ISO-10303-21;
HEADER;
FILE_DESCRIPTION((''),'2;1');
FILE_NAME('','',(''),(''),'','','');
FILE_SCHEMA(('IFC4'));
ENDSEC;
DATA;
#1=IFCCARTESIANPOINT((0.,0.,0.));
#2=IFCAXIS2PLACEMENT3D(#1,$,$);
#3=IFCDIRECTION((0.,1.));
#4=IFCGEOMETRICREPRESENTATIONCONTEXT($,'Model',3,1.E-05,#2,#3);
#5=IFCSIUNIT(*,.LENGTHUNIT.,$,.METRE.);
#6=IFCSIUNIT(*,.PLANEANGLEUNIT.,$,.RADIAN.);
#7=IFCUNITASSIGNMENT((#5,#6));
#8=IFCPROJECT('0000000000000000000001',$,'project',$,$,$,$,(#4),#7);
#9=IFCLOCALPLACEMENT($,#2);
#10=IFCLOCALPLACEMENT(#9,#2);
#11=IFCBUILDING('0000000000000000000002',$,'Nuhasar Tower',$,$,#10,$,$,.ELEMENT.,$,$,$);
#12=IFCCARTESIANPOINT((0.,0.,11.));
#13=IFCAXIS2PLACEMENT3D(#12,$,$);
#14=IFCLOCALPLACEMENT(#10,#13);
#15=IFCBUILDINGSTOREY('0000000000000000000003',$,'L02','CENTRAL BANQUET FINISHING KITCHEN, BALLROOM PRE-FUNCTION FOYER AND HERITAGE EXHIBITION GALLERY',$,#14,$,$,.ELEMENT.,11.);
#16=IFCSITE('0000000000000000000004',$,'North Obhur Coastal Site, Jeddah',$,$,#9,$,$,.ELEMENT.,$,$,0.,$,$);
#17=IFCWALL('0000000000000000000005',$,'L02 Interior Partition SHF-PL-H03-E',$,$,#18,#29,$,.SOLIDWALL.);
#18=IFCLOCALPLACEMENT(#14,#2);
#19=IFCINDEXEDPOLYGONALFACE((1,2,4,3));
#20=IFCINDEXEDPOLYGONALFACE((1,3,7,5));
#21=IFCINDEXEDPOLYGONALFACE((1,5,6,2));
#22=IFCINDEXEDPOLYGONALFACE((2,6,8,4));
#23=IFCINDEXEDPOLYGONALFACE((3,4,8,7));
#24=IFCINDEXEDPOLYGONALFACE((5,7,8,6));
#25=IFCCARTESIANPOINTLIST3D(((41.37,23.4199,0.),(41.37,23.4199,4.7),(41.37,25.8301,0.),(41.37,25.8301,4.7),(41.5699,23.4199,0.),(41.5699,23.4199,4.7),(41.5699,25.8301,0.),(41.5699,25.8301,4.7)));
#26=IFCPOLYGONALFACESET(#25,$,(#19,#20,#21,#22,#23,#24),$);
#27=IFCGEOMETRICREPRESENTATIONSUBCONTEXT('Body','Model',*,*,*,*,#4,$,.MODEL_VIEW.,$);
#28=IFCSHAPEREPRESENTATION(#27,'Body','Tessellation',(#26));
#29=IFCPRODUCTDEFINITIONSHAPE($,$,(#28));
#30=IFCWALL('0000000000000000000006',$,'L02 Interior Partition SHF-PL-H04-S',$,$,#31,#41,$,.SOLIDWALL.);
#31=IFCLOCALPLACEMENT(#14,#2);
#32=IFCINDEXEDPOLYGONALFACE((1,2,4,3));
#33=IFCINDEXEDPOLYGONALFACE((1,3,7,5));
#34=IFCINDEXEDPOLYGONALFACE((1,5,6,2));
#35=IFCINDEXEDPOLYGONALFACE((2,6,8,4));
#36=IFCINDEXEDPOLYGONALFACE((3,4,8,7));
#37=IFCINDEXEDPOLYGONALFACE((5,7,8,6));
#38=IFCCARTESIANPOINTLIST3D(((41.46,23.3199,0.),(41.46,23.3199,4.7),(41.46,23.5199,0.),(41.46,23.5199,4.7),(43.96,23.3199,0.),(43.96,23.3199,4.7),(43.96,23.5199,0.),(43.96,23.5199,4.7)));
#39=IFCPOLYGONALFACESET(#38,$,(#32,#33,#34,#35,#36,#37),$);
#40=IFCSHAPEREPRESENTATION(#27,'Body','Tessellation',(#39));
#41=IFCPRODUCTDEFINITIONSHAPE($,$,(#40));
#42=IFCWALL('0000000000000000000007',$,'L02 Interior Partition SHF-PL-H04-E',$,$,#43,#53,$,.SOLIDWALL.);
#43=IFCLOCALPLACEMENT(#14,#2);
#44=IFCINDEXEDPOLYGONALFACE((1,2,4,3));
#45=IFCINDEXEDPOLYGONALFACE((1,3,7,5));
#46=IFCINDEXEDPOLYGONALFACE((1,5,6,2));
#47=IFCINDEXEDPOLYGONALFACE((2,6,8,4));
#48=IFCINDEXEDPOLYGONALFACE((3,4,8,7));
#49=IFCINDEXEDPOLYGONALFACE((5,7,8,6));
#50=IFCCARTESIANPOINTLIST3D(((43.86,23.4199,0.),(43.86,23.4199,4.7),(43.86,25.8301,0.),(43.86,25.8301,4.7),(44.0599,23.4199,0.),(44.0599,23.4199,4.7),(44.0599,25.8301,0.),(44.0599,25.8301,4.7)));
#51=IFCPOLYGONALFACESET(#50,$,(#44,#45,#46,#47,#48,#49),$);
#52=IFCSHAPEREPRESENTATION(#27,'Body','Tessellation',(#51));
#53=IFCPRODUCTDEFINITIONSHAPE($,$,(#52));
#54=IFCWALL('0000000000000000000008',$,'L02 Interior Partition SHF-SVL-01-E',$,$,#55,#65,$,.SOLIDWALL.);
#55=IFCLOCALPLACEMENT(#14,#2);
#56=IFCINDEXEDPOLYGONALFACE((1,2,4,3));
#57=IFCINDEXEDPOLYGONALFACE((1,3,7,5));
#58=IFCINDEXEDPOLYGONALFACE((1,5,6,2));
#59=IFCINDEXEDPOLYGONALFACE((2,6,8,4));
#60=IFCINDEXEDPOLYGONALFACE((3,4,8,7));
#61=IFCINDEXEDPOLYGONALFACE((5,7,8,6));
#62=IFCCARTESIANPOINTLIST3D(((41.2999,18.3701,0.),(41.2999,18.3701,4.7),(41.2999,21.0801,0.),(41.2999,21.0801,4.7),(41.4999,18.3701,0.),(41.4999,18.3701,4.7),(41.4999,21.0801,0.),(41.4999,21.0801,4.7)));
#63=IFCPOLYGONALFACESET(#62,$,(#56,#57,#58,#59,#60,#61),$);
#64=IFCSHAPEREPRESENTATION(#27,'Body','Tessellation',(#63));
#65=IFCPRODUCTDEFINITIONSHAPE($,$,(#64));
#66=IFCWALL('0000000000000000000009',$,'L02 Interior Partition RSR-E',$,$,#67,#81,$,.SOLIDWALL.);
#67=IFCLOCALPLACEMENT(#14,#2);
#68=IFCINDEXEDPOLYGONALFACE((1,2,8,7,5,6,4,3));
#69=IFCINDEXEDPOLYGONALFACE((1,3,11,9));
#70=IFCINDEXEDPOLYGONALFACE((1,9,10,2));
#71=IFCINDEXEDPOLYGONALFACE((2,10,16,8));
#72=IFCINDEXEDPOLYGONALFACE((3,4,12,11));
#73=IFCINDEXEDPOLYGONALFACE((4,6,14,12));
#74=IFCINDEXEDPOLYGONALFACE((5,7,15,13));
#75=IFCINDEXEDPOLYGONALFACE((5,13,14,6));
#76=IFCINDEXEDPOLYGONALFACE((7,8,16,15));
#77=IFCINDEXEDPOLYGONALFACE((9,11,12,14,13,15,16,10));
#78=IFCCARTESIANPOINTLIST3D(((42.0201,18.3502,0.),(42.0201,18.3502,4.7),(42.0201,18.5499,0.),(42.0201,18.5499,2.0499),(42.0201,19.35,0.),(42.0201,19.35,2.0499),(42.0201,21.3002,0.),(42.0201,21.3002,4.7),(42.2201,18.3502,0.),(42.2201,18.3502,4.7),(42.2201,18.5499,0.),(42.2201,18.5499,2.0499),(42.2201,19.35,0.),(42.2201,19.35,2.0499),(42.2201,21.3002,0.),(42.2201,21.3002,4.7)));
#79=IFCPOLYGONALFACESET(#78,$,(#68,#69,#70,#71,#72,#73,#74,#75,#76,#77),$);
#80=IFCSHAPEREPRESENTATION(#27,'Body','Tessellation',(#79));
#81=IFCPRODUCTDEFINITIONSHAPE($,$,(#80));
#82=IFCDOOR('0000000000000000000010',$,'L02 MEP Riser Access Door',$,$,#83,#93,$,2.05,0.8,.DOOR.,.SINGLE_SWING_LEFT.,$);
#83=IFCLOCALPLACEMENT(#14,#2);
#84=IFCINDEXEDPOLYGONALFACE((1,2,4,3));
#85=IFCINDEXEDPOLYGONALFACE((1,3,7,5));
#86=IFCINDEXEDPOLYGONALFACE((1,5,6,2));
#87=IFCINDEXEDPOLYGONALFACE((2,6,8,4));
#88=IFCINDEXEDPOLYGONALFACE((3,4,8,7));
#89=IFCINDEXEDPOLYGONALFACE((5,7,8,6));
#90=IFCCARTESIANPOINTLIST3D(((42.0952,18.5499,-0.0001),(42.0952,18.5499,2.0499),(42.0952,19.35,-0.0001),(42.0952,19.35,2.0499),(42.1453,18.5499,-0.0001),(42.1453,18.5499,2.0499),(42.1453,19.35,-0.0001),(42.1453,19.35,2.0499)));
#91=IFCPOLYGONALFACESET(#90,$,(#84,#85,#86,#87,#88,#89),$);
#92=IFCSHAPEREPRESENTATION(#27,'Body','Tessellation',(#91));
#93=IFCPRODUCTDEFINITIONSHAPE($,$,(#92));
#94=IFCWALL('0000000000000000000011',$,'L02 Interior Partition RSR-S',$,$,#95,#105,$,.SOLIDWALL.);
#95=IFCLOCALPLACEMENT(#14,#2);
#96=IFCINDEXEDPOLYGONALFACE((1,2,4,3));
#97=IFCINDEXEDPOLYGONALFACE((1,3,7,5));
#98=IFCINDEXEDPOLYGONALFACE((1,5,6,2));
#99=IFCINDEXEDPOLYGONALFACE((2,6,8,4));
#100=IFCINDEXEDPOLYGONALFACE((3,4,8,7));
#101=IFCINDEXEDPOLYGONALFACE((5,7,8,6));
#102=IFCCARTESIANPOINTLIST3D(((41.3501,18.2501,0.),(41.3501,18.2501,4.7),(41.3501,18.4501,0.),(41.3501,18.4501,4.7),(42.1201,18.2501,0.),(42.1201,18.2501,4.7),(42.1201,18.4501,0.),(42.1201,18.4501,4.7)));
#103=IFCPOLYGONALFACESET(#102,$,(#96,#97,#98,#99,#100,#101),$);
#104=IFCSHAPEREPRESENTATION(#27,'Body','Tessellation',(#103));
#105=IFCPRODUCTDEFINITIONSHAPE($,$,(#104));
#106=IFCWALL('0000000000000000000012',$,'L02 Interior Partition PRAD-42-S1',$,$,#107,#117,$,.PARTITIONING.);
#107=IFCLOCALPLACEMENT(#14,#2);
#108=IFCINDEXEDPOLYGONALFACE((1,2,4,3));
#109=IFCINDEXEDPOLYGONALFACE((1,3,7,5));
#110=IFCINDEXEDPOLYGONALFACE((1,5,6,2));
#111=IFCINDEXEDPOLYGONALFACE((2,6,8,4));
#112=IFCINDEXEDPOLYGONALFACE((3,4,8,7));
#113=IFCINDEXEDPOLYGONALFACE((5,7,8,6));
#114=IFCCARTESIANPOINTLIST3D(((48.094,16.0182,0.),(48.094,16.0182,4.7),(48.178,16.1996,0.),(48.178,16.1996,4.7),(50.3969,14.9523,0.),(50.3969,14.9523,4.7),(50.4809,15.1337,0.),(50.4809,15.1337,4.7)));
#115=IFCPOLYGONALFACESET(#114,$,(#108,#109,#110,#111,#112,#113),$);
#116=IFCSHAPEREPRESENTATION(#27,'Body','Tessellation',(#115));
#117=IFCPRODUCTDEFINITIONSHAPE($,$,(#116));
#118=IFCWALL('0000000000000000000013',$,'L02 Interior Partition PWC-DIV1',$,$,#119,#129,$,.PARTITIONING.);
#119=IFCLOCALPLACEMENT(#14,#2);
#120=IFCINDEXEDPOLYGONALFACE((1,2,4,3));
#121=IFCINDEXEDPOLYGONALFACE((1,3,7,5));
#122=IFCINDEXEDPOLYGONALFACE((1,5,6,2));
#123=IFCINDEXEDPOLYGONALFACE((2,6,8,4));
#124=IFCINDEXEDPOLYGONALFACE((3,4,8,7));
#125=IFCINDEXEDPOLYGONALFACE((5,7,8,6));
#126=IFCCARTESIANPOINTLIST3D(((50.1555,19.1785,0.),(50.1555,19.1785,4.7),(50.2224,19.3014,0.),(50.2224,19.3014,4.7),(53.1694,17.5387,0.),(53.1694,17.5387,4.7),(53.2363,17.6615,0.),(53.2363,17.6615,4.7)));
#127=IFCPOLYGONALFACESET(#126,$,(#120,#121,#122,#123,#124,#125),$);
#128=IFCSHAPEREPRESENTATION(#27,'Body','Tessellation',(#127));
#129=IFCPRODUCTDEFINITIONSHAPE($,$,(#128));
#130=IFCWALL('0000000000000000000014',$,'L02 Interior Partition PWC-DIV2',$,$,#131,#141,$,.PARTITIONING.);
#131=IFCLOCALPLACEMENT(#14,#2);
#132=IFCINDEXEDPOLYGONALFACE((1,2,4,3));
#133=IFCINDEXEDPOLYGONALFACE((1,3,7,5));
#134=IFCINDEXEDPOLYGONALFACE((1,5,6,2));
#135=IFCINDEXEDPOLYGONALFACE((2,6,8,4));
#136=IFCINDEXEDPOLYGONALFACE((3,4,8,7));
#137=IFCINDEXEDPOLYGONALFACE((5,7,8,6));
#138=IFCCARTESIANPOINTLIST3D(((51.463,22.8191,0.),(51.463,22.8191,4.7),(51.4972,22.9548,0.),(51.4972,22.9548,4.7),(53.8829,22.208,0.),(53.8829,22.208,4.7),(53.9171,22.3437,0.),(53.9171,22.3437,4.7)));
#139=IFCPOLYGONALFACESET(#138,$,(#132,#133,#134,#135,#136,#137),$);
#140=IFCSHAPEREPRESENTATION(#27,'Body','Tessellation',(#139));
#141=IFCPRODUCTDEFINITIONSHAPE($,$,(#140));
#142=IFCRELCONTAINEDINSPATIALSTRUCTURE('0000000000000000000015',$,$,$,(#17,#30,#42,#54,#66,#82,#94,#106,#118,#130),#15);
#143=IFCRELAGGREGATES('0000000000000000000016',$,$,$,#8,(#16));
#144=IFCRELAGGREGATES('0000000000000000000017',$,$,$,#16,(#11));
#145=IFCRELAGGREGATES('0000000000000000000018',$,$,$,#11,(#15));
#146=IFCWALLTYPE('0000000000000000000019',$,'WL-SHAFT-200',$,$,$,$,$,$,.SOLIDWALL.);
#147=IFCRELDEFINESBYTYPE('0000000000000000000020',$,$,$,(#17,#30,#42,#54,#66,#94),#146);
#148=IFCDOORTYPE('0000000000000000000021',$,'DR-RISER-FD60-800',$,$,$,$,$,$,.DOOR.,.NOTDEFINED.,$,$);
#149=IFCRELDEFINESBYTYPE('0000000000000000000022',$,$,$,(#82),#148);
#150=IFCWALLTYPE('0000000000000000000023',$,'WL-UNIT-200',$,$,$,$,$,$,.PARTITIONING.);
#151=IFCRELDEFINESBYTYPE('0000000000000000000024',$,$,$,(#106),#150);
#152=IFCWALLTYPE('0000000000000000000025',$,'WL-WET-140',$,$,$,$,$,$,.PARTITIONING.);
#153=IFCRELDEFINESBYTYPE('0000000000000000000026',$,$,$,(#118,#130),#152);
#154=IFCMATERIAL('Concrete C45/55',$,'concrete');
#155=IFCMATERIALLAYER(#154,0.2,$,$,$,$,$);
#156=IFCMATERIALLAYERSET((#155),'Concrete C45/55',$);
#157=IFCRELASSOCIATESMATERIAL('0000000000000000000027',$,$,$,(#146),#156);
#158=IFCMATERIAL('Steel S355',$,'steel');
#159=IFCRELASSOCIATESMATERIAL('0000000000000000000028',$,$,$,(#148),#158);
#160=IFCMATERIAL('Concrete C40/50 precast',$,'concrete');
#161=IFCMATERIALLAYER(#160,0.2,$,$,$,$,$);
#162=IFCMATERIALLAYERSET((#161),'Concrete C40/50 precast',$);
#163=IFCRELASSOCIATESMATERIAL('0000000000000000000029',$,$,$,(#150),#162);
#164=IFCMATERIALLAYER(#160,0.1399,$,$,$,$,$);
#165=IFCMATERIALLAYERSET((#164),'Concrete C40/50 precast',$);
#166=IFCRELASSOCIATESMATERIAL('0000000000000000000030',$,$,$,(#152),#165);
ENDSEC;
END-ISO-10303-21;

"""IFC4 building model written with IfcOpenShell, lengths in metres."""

from ifc_helpers import new_model, si_unit, direction, frame, frame_2d, origin, place, context, subcontext, project, spatial, rectangle, extrude, material, layer, layer_set, type_object, element, fill, save


model = new_model("IFC4")

# Units and contexts
model_context = context("Model", 3, precision=1e-05, world=origin(), true_north=direction((0.0, 1.0)))
body_context = subcontext(model_context, "Body", "Model", "MODEL_VIEW")
ifc_project = project(units=[si_unit("LENGTHUNIT", "METRE"), si_unit("PLANEANGLEUNIT", "RADIAN")], contexts=[model_context])

# Site, building, storey
site_placement = place(None, origin())
site = spatial("IfcSite", under=ifc_project, at=site_placement, Name="North Obhur Coastal Site, Jeddah", CompositionType="ELEMENT", RefElevation=0.0)
building_placement = place(site_placement, origin())
building = spatial("IfcBuilding", under=site, at=building_placement, Name="Nuhasar Tower", CompositionType="ELEMENT")
storey_placement = place(building_placement, frame((0.0, 0.0, 11.0)))
storey = spatial("IfcBuildingStorey", under=building, at=storey_placement, Name="L02", Description="CENTRAL BANQUET FINISHING KITCHEN, BALLROOM PRE-FUNCTION FOYER AND HERITAGE EXHIBITION GALLERY", CompositionType="ELEMENT", Elevation=11.0)

# Shared definitions
ifc_material_1 = material(Name="Steel S355", Category="steel")

# Shared definitions
ifc_material_2 = material(Name="Concrete C45/55", Category="concrete")

# Walls
ifc_layer_1 = layer(ifc_material_2, 0.2)
ifc_layer_set_1 = layer_set([ifc_layer_1], Name="Concrete C45/55")
wall_type_1 = type_object("IfcWallType", Name="WL-SHAFT-200", PredefinedType="SOLIDWALL", material=ifc_layer_set_1)
for number, where, z_axis, x_axis, name in (
    (1, (41.47, 23.4199, 0.0), (0.0, 0.0, 1.0), (0.0, 1.0, 0.0), "L02 Interior Partition SHF-PL-H03-E"),
):
    element("IfcWall", number, at=place(storey_placement, frame(where, z_axis=z_axis, x_axis=x_axis)), inside=storey, type_object=wall_type_1, Name=name, PredefinedType="SOLIDWALL", context=body_context, shape_type="SweptSolid", body=[
        extrude(rectangle(XDim=2.4102, YDim=0.2, at=frame_2d((1.2051, 0.0))), origin(), (0.0, 0.0, 1.0), 4.7),
    ])
wall_1_placement = place(storey_placement, frame((41.46, 23.4199, 0.0), z_axis=(0.0, 0.0, 1.0), x_axis=(1.0, 0.0, 0.0)))
element("IfcWall", 2, at=wall_1_placement, inside=storey, type_object=wall_type_1, Name="L02 Interior Partition SHF-PL-H04-S", PredefinedType="SOLIDWALL", context=body_context, shape_type="SweptSolid", body=[
    extrude(rectangle(XDim=2.5, YDim=0.2, at=frame_2d((1.25, 0.0))), origin(), (0.0, 0.0, 1.0), 4.7),
])
wall_2_placement = place(storey_placement, frame((43.96, 23.4199, 0.0), z_axis=(0.0, 0.0, 1.0), x_axis=(0.0, 1.0, 0.0)))
element("IfcWall", 3, at=wall_2_placement, inside=storey, type_object=wall_type_1, Name="L02 Interior Partition SHF-PL-H04-E", PredefinedType="SOLIDWALL", context=body_context, shape_type="SweptSolid", body=[
    extrude(rectangle(XDim=2.4102, YDim=0.2, at=frame_2d((1.2051, 0.0))), origin(), (0.0, 0.0, 1.0), 4.7),
])
wall_3_placement = place(storey_placement, frame((41.3999, 18.3701, 0.0), z_axis=(0.0, 0.0, 1.0), x_axis=(0.0, 1.0, 0.0)))
element("IfcWall", 4, at=wall_3_placement, inside=storey, type_object=wall_type_1, Name="L02 Interior Partition SHF-SVL-01-E", PredefinedType="SOLIDWALL", context=body_context, shape_type="SweptSolid", body=[
    extrude(rectangle(XDim=2.71, YDim=0.2, at=frame_2d((1.355, 0.0))), origin(), (0.0, 0.0, 1.0), 4.7),
])

# Wall, opening, door
wall_4_placement = place(storey_placement, frame((42.1201, 18.3501, 0.0), z_axis=(0.0, 0.0, 1.0), x_axis=(0.0, 1.0, 0.0)))
wall_4 = element("IfcWall", 5, at=wall_4_placement, inside=storey, type_object=wall_type_1, Name="L02 Interior Partition RSR-E", PredefinedType="SOLIDWALL", context=body_context, shape_type="SweptSolid", body=[
    extrude(rectangle(XDim=2.95, YDim=0.2, at=frame_2d((1.4751, 0.0))), origin(), (0.0, 0.0, 1.0), 4.7),
])
opening_1_placement = place(wall_4_placement, frame((0.2, 0.0, 0.0)))
opening_1 = element("IfcOpeningElement", 6, at=opening_1_placement, cuts=wall_4, PredefinedType="OPENING", context=body_context, shape_type="SweptSolid", body=[
    extrude(rectangle(XDim=0.8, YDim=2.05, at=frame_2d((0.3999, 1.0249))), frame((0.0, 0.1099, 0.0), z_axis=(0.0, -1.0, 0.0), x_axis=(1.0, 0.0, 0.0)), (0.0, 0.0, 1.0), 0.22),
])
door_type_1 = type_object("IfcDoorType", Name="DR-RISER-FD60-800", OperationType="NOTDEFINED", PredefinedType="DOOR", material=ifc_material_1)
door_1_placement = place(opening_1_placement, origin())
door_1 = element("IfcDoor", 7, at=door_1_placement, inside=storey, type_object=door_type_1, Name="L02 MEP Riser Access Door", OperationType="SINGLE_SWING_LEFT", OverallHeight=2.05, OverallWidth=0.8, PredefinedType="DOOR", context=body_context, shape_type="SweptSolid", body=[
    extrude(rectangle(XDim=0.8, YDim=2.05, at=frame_2d((0.3999, 1.0249))), frame((0.0, 0.0249, 0.0), z_axis=(0.0, -1.0, 0.0), x_axis=(1.0, 0.0, 0.0)), (0.0, 0.0, 1.0), 0.05),
])
fill(opening_1, door_1)

# Walls
wall_5_placement = place(storey_placement, frame((41.3501, 18.3501, 0.0), z_axis=(0.0, 0.0, 1.0), x_axis=(1.0, 0.0, 0.0)))
element("IfcWall", 8, at=wall_5_placement, inside=storey, type_object=wall_type_1, Name="L02 Interior Partition RSR-S", PredefinedType="SOLIDWALL", context=body_context, shape_type="SweptSolid", body=[
    extrude(rectangle(XDim=0.77, YDim=0.2, at=frame_2d((0.385, 0.0))), origin(), (0.0, 0.0, 1.0), 4.7),
])
ifc_material_3 = material(Name="Concrete C40/50 precast", Category="concrete")
ifc_layer_2 = layer(ifc_material_3, 0.2)
ifc_layer_set_2 = layer_set([ifc_layer_2], Name="Concrete C40/50 precast")
wall_type_2 = type_object("IfcWallType", Name="WL-UNIT-200", PredefinedType="PARTITIONING", material=ifc_layer_set_2)
wall_6_placement = place(storey_placement, frame((48.136, 16.1089, 0.0), z_axis=(0.0, 0.0, 1.0), x_axis=(0.907508, -0.420034, 0.0)))
element("IfcWall", 9, at=wall_6_placement, inside=storey, type_object=wall_type_2, Name="L02 Interior Partition PRAD-42-S1", PredefinedType="PARTITIONING", context=body_context, shape_type="SweptSolid", body=[
    extrude(rectangle(XDim=2.5376, YDim=0.2, at=frame_2d((1.2688, 0.0))), origin(), (0.0, 0.0, 1.0), 4.7),
])
ifc_layer_3 = layer(ifc_material_3, 0.1399)
ifc_layer_set_3 = layer_set([ifc_layer_3], Name="Concrete C40/50 precast")
wall_type_3 = type_object("IfcWallType", Name="WL-WET-140", PredefinedType="PARTITIONING", material=ifc_layer_set_3)
wall_7_placement = place(storey_placement, frame((50.189, 19.24, 0.0), z_axis=(0.0, 0.0, 1.0), x_axis=(0.878393, -0.47794, 0.0)))
element("IfcWall", 10, at=wall_7_placement, inside=storey, type_object=wall_type_3, Name="L02 Interior Partition PWC-DIV1", PredefinedType="PARTITIONING", context=body_context, shape_type="SweptSolid", body=[
    extrude(rectangle(XDim=3.4312, YDim=0.1399, at=frame_2d((1.7156, 0.0))), origin(), (0.0, 0.0, 1.0), 4.7),
])
wall_8_placement = place(storey_placement, frame((51.48, 22.887, 0.0), z_axis=(0.0, 0.0, 1.0), x_axis=(0.969564, -0.244837, 0.0)))
element("IfcWall", 11, at=wall_8_placement, inside=storey, type_object=wall_type_3, Name="L02 Interior Partition PWC-DIV2", PredefinedType="PARTITIONING", context=body_context, shape_type="SweptSolid", body=[
    extrude(rectangle(XDim=2.4958, YDim=0.1399, at=frame_2d((1.248, 0.0))), origin(), (0.0, 0.0, 1.0), 4.7),
])

save(model, "model.ifc")
